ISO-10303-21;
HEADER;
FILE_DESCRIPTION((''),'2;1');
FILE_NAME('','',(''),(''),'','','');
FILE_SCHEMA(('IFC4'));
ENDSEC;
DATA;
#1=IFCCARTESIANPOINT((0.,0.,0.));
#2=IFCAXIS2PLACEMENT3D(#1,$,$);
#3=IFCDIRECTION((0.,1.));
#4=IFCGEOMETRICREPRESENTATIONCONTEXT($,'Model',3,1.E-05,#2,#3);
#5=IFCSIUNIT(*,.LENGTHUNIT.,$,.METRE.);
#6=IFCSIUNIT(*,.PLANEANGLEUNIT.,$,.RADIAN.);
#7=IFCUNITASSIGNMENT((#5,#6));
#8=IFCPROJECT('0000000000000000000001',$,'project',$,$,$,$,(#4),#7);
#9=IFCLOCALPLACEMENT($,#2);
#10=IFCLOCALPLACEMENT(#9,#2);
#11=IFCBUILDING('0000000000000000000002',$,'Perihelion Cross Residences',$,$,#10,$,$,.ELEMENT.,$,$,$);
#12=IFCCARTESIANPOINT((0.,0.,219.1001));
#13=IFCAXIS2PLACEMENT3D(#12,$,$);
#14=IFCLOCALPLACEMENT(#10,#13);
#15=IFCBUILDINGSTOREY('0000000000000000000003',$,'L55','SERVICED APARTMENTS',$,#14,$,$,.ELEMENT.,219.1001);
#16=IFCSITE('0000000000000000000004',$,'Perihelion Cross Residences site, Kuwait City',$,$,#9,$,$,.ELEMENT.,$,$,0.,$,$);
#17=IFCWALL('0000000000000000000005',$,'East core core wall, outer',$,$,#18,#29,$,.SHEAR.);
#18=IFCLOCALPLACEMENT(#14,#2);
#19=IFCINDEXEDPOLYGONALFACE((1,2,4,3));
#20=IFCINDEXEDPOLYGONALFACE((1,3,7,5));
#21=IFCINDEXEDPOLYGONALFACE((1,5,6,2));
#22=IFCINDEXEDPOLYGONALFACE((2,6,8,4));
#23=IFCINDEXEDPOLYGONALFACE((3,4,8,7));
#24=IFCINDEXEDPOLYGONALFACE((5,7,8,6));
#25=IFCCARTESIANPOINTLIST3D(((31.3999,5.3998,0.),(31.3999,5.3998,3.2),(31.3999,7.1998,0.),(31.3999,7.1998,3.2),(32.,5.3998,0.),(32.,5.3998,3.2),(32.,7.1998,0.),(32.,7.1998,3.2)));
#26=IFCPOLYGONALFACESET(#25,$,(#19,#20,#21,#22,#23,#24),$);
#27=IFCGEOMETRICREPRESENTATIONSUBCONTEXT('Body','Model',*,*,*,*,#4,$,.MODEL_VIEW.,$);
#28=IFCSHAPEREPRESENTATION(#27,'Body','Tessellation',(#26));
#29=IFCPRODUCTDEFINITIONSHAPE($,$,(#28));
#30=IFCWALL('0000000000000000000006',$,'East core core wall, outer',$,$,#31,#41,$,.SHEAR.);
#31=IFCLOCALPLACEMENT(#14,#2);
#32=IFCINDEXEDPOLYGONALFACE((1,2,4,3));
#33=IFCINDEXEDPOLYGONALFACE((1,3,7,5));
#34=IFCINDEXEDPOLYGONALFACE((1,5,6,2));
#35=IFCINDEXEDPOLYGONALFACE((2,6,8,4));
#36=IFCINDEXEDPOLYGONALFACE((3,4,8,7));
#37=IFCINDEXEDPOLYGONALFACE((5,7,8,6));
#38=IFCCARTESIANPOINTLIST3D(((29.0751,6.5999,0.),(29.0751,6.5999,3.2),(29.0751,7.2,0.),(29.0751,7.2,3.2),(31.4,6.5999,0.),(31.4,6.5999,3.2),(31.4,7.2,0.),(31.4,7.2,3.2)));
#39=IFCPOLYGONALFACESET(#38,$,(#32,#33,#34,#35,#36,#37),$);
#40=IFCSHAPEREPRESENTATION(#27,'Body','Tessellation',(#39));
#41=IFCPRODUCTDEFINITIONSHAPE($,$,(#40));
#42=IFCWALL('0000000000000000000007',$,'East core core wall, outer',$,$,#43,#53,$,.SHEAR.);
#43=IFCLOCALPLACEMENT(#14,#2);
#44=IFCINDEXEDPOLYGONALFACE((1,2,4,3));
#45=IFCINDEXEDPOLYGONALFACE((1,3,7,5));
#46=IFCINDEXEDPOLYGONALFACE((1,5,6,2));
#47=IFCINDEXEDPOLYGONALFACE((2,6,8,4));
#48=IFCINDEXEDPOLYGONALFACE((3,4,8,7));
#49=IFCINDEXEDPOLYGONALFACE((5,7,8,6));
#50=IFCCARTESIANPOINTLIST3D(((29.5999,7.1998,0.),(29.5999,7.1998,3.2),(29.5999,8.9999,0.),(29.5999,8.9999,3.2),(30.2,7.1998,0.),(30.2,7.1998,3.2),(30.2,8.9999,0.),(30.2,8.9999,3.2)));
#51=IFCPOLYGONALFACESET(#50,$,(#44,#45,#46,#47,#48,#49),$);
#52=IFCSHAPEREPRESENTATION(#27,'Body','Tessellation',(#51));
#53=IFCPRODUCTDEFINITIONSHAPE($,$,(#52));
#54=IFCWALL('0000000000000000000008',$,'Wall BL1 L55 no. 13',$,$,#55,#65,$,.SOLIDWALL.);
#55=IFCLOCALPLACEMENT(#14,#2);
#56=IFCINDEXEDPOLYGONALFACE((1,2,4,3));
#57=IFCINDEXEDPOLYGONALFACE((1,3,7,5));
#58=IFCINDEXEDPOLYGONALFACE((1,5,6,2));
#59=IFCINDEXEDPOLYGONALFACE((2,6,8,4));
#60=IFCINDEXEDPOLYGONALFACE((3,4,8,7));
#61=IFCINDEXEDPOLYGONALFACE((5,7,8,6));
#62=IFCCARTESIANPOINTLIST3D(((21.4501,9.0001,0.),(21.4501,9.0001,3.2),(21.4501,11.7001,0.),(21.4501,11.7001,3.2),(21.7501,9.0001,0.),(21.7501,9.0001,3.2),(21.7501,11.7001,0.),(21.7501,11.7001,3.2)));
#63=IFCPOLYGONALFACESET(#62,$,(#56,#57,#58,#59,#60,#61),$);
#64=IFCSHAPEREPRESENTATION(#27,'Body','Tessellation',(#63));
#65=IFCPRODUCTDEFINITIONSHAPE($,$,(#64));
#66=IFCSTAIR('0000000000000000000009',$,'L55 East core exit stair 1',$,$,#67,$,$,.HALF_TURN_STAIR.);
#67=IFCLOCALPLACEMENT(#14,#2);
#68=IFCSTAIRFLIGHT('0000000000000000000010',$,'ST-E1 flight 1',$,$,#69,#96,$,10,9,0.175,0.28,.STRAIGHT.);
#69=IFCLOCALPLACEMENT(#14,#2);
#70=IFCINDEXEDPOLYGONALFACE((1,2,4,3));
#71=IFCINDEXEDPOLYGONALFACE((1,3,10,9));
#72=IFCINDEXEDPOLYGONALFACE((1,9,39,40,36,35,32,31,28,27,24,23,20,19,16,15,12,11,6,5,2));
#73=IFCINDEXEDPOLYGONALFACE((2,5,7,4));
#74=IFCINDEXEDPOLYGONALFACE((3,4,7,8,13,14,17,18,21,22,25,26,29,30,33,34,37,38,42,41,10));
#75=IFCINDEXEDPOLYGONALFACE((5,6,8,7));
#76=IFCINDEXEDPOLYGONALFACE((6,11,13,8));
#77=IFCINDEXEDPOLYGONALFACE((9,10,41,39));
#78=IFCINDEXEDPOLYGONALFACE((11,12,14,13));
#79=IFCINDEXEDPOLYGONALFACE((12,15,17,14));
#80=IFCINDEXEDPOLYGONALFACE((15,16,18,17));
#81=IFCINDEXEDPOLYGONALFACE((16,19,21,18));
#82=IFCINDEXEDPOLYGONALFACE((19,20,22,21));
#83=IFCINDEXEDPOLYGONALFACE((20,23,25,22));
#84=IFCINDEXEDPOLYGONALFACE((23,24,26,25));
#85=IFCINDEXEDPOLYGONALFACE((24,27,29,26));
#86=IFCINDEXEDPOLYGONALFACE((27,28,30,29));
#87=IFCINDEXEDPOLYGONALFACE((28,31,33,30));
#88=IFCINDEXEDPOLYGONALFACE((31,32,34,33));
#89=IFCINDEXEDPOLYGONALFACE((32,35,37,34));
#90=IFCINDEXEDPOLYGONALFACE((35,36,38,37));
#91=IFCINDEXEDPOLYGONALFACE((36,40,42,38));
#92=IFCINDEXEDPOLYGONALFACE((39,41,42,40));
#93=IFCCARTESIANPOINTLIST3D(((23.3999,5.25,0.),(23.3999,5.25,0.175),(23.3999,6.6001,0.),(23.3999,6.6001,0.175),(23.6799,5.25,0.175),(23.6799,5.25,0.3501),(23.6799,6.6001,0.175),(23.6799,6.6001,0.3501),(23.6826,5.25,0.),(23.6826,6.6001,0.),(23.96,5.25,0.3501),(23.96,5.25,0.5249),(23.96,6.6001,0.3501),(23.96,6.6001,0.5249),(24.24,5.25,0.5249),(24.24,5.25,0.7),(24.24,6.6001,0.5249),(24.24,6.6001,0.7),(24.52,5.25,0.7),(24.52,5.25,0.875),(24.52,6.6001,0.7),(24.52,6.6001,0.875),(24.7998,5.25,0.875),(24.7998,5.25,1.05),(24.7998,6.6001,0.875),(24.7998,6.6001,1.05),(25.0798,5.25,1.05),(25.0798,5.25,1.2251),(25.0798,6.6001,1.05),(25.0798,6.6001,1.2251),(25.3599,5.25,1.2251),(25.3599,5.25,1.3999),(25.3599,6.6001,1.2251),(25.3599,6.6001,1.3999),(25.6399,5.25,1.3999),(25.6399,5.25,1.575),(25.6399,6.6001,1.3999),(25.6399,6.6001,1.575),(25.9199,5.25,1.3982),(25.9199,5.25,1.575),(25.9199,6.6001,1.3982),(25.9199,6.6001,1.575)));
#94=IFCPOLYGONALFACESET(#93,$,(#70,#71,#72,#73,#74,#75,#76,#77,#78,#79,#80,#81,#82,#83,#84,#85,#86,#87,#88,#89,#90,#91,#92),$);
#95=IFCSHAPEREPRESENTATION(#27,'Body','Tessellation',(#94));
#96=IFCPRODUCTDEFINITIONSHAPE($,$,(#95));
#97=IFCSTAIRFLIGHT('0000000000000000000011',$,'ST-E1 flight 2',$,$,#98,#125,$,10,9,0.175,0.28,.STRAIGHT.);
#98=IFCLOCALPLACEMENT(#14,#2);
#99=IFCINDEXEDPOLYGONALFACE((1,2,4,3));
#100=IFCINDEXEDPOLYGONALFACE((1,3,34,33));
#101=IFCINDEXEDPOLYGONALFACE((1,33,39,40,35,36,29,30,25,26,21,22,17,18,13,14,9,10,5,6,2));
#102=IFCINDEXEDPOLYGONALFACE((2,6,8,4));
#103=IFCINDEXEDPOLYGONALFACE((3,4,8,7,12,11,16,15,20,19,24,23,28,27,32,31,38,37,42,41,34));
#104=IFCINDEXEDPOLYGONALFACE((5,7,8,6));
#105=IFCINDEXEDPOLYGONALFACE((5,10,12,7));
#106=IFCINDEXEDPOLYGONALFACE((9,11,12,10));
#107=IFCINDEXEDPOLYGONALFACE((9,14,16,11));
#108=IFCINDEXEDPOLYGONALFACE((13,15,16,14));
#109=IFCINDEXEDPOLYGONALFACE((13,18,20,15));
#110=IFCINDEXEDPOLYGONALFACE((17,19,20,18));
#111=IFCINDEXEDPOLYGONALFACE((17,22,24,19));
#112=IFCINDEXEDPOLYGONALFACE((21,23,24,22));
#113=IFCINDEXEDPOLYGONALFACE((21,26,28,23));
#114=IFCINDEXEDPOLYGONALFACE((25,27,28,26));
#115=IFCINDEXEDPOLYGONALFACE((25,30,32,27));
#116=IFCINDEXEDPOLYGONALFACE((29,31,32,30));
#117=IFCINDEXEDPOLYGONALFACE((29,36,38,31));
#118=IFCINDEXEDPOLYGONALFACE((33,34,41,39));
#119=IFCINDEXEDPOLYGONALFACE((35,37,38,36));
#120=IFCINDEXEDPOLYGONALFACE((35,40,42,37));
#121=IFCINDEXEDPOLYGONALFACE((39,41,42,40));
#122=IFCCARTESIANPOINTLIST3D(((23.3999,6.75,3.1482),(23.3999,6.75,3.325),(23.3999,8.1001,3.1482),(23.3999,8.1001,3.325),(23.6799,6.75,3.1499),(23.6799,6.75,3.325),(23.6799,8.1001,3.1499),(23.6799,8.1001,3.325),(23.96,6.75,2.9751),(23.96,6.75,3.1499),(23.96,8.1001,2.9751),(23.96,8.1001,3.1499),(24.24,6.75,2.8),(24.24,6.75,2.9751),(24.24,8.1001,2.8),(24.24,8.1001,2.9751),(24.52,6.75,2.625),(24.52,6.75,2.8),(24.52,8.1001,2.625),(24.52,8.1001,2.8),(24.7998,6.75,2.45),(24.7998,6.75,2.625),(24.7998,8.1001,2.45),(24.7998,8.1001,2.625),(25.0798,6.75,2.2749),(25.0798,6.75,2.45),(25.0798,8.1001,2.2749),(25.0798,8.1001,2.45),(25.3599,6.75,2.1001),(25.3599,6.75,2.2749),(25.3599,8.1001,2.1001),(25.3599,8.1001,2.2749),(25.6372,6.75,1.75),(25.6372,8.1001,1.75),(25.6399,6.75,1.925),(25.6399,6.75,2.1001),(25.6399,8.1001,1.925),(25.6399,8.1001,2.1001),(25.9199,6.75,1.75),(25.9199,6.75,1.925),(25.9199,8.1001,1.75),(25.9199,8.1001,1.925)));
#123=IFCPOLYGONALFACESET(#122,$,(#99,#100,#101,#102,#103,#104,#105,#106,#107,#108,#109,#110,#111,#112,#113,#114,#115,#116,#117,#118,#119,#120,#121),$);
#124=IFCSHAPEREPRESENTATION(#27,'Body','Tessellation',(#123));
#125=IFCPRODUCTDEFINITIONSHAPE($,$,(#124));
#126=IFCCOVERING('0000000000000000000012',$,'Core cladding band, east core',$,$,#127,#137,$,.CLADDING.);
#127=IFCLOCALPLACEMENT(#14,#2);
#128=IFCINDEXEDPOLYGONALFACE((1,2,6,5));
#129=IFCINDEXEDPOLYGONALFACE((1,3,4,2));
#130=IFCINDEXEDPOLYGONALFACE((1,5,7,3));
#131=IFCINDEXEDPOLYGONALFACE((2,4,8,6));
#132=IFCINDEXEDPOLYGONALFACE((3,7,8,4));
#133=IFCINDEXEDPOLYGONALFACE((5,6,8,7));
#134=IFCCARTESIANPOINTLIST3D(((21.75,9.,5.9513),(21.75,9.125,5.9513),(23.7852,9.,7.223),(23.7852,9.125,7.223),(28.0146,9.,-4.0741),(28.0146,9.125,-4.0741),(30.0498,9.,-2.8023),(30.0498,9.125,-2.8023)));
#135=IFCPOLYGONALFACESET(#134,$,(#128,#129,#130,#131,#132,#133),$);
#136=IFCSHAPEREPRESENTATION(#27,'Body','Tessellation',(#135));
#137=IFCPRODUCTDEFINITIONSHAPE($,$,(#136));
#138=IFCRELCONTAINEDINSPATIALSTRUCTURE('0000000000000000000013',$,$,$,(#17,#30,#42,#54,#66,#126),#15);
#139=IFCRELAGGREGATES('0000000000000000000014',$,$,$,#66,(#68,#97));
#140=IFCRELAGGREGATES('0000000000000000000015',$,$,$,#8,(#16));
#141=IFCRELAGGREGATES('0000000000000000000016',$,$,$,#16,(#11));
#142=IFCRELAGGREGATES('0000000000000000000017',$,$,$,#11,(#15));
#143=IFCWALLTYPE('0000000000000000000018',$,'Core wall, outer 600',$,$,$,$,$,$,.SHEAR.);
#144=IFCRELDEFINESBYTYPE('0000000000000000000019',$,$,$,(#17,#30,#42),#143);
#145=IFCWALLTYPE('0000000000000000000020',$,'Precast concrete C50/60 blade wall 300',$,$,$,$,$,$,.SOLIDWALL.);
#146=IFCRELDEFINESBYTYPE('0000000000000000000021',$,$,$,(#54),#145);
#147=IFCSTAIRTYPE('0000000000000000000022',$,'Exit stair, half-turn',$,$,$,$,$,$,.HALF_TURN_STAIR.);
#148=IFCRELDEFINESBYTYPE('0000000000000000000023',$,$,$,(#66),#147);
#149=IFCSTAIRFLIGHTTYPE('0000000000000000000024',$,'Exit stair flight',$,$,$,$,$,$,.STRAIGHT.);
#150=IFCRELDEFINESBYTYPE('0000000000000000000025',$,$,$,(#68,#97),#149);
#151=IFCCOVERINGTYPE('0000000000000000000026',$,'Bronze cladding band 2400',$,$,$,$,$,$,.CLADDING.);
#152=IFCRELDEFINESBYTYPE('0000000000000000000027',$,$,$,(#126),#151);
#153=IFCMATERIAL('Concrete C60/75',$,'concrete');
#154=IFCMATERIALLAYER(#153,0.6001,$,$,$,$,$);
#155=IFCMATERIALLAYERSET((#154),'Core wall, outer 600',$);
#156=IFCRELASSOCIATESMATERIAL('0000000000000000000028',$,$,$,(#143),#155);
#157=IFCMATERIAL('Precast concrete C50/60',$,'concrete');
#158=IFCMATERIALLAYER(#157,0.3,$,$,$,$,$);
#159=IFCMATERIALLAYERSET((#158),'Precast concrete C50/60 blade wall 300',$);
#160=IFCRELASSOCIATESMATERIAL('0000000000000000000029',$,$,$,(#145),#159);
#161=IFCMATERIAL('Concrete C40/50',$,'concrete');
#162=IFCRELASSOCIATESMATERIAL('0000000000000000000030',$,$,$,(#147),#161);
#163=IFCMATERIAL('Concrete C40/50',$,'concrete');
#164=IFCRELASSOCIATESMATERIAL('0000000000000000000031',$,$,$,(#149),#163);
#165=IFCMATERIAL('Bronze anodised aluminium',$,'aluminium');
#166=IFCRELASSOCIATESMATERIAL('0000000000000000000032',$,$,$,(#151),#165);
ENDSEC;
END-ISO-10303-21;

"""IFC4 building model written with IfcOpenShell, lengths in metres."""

from ifc_helpers import new_model, si_unit, direction, frame, frame_2d, origin, origin_2d, place, context, subcontext, project, spatial, polyline, rectangle, outline, extrude, material, layer, layer_set, material_profile, profile_set, type_object, element, aggregate, save


model = new_model("IFC4")

# Units and contexts
model_context = context("Model", 3, precision=1e-05, world=origin(), true_north=direction((0.0, 1.0)))
body_context = subcontext(model_context, "Body", "Model", "MODEL_VIEW")
ifc_project = project(units=[si_unit("LENGTHUNIT", "METRE"), si_unit("PLANEANGLEUNIT", "RADIAN")], contexts=[model_context])

# Site, building, storey
site_placement = place(None, origin())
site = spatial("IfcSite", under=ifc_project, at=site_placement, Name="Perihelion Cross Residences site, Kuwait City", CompositionType="ELEMENT", RefElevation=0.0)
building_placement = place(site_placement, origin())
building = spatial("IfcBuilding", under=site, at=building_placement, Name="Perihelion Cross Residences", CompositionType="ELEMENT")
storey_placement = place(building_placement, frame((0.0, 0.0, 219.1001)))
storey = spatial("IfcBuildingStorey", under=building, at=storey_placement, Name="L55", Description="SERVICED APARTMENTS", CompositionType="ELEMENT", Elevation=219.1001)

# Walls
ifc_material_1 = material(Name="Concrete C60/75", Category="concrete")
ifc_layer_1 = layer(ifc_material_1, 0.6001)
ifc_layer_set_1 = layer_set([ifc_layer_1], Name="Core wall, outer 600")
wall_type_1 = type_object("IfcWallType", Name="Core wall, outer 600", PredefinedType="SHEAR", material=ifc_layer_set_1)
wall_1_placement = place(storey_placement, frame((31.7, 5.3999, 0.0), z_axis=(0.0, 0.0, 1.0), x_axis=(0.0, 1.0, 0.0)))
element("IfcWall", 1, at=wall_1_placement, inside=storey, type_object=wall_type_1, Name="East core core wall, outer", PredefinedType="SHEAR", context=body_context, shape_type="SweptSolid", body=[
    extrude(rectangle(XDim=1.8, YDim=0.6001, at=frame_2d((0.8999, 0.0))), origin(), (0.0, 0.0, 1.0), 3.2),
])
wall_2_placement = place(storey_placement, frame((29.075, 6.8999, 0.0), z_axis=(0.0, 0.0, 1.0), x_axis=(1.0, 0.0, 0.0)))
element("IfcWall", 2, at=wall_2_placement, inside=storey, type_object=wall_type_1, Name="East core core wall, outer", PredefinedType="SHEAR", context=body_context, shape_type="SweptSolid", body=[
    extrude(rectangle(XDim=2.325, YDim=0.6001, at=frame_2d((1.1626, 0.0))), origin(), (0.0, 0.0, 1.0), 3.2),
])
wall_3_placement = place(storey_placement, frame((29.8999, 7.2, 0.0), z_axis=(0.0, 0.0, 1.0), x_axis=(0.0, 1.0, 0.0)))
element("IfcWall", 3, at=wall_3_placement, inside=storey, type_object=wall_type_1, Name="East core core wall, outer", PredefinedType="SHEAR", context=body_context, shape_type="SweptSolid", body=[
    extrude(rectangle(XDim=1.8, YDim=0.6001, at=frame_2d((0.8999, 0.0))), origin(), (0.0, 0.0, 1.0), 3.2),
])
ifc_material_2 = material(Name="Precast concrete C50/60", Category="concrete")
ifc_layer_2 = layer(ifc_material_2, 0.3)
ifc_layer_set_2 = layer_set([ifc_layer_2], Name="Precast concrete C50/60 blade wall 300")
wall_type_2 = type_object("IfcWallType", Name="Precast concrete C50/60 blade wall 300", PredefinedType="SOLIDWALL", material=ifc_layer_set_2)
wall_4_placement = place(storey_placement, frame((21.6001, 9.0, 0.0), z_axis=(0.0, 0.0, 1.0), x_axis=(0.0, 1.0, 0.0)))
element("IfcWall", 4, at=wall_4_placement, inside=storey, type_object=wall_type_2, Name="Wall BL1 L55 no. 13", PredefinedType="SOLIDWALL", context=body_context, shape_type="SweptSolid", body=[
    extrude(rectangle(XDim=2.7, YDim=0.3, at=frame_2d((1.3501, 0.0))), origin(), (0.0, 0.0, 1.0), 3.2),
])

# Stair, stair flights
ifc_material_3 = material(Name="Concrete C40/50", Category="concrete")
stair_type = type_object("IfcStairType", Name="Exit stair, half-turn", PredefinedType="HALF_TURN_STAIR", material=ifc_material_3)
stair_placement = place(storey_placement, origin())
stair = element("IfcStair", 5, at=stair_placement, inside=storey, type_object=stair_type, Name="L55 East core exit stair 1", PredefinedType="HALF_TURN_STAIR")
ifc_material_4 = material(Name="Concrete C40/50", Category="concrete")
stair_flight_type = type_object("IfcStairFlightType", Name="Exit stair flight", PredefinedType="STRAIGHT", material=ifc_material_4)
stair_flight_1_placement = place(storey_placement, frame((23.3999, 5.925, 0.0), z_axis=(0.0, 0.0, 1.0), x_axis=(1.0, 0.0, 0.0)))
stair_flight_1 = element("IfcStairFlight", 6, at=stair_flight_1_placement, type_object=stair_flight_type, Name="ST-E1 flight 1", NumberOfRisers=10, NumberOfTreads=9, PredefinedType="STRAIGHT", RiserHeight=0.175, TreadLength=0.28, context=body_context, shape_type="SweptSolid", body=[
    extrude(outline(polyline([(0.0, 0.0), (0.0, 0.175), (0.28, 0.175), (0.28, 0.3501), (0.5601, 0.3501), (0.5601, 0.5249), (0.8401, 0.5249), (0.8401, 0.7), (1.1201, 0.7), (1.1201, 0.875), (1.3999, 0.875), (1.3999, 1.05), (1.6799, 1.05), (1.6799, 1.2251), (1.96, 1.2251), (1.96, 1.3999), (2.24, 1.3999), (2.24, 1.575), (2.52, 1.575), (2.52, 1.75), (2.52, 1.3982), (0.2827, 0.0), (0.0, 0.0)])), frame((0.0, 0.675, 0.0), z_axis=(0.0, -1.0, 0.0), x_axis=(1.0, 0.0, 0.0)), (0.0, 0.0, 1.0), 1.3501),
])
stair_flight_2_placement = place(storey_placement, frame((25.9199, 7.425, 1.75), z_axis=(0.0, 0.0, 1.0), x_axis=(-1.0, 0.0, 0.0)))
stair_flight_2 = element("IfcStairFlight", 7, at=stair_flight_2_placement, type_object=stair_flight_type, Name="ST-E1 flight 2", NumberOfRisers=10, NumberOfTreads=9, PredefinedType="STRAIGHT", RiserHeight=0.175, TreadLength=0.28, context=body_context, shape_type="SweptSolid", body=[
    extrude(outline(polyline([(0.0, 0.0), (0.0, 0.175), (0.28, 0.175), (0.28, 0.3501), (0.5601, 0.3501), (0.5601, 0.5249), (0.8401, 0.5249), (0.8401, 0.7), (1.1201, 0.7), (1.1201, 0.875), (1.3999, 0.875), (1.3999, 1.05), (1.6799, 1.05), (1.6799, 1.2251), (1.96, 1.2251), (1.96, 1.3999), (2.24, 1.3999), (2.24, 1.575), (2.52, 1.575), (2.52, 1.75), (2.52, 1.3982), (0.2827, 0.0), (0.0, 0.0)])), frame((0.0, 0.675, 0.0), z_axis=(0.0, -1.0, 0.0), x_axis=(1.0, 0.0, 0.0)), (0.0, 0.0, 1.0), 1.3501),
])
aggregate(stair, [stair_flight_1, stair_flight_2])

# Covering
ifc_material_5 = material(Name="Bronze anodised aluminium", Category="aluminium")
ifc_material_profile = material_profile(ifc_material_5, rectangle(XDim=0.125, YDim=2.3999, at=origin_2d()), Name="Bronze cladding band 2400")
ifc_profile_set = profile_set([ifc_material_profile], Name="Bronze anodised aluminium")
covering_type = type_object("IfcCoveringType", Name="Bronze cladding band 2400", PredefinedType="CLADDING", material=ifc_profile_set)
covering_placement = place(storey_placement, frame((29.0322, 9.0625, -3.4382), z_axis=(-0.529925, 0.0, 0.848045), x_axis=(0.0, -1.0, 0.0)))
element("IfcCovering", 8, at=covering_placement, inside=storey, type_object=covering_type, Name="Core cladding band, east core", PredefinedType="CLADDING", context=body_context, shape_type="SweptSolid", body=[
    extrude(rectangle(XDim=0.125, YDim=2.3999, at=origin_2d()), origin(), (0.0, 0.0, 1.0), 11.8218),
])

save(model, "model.ifc")
